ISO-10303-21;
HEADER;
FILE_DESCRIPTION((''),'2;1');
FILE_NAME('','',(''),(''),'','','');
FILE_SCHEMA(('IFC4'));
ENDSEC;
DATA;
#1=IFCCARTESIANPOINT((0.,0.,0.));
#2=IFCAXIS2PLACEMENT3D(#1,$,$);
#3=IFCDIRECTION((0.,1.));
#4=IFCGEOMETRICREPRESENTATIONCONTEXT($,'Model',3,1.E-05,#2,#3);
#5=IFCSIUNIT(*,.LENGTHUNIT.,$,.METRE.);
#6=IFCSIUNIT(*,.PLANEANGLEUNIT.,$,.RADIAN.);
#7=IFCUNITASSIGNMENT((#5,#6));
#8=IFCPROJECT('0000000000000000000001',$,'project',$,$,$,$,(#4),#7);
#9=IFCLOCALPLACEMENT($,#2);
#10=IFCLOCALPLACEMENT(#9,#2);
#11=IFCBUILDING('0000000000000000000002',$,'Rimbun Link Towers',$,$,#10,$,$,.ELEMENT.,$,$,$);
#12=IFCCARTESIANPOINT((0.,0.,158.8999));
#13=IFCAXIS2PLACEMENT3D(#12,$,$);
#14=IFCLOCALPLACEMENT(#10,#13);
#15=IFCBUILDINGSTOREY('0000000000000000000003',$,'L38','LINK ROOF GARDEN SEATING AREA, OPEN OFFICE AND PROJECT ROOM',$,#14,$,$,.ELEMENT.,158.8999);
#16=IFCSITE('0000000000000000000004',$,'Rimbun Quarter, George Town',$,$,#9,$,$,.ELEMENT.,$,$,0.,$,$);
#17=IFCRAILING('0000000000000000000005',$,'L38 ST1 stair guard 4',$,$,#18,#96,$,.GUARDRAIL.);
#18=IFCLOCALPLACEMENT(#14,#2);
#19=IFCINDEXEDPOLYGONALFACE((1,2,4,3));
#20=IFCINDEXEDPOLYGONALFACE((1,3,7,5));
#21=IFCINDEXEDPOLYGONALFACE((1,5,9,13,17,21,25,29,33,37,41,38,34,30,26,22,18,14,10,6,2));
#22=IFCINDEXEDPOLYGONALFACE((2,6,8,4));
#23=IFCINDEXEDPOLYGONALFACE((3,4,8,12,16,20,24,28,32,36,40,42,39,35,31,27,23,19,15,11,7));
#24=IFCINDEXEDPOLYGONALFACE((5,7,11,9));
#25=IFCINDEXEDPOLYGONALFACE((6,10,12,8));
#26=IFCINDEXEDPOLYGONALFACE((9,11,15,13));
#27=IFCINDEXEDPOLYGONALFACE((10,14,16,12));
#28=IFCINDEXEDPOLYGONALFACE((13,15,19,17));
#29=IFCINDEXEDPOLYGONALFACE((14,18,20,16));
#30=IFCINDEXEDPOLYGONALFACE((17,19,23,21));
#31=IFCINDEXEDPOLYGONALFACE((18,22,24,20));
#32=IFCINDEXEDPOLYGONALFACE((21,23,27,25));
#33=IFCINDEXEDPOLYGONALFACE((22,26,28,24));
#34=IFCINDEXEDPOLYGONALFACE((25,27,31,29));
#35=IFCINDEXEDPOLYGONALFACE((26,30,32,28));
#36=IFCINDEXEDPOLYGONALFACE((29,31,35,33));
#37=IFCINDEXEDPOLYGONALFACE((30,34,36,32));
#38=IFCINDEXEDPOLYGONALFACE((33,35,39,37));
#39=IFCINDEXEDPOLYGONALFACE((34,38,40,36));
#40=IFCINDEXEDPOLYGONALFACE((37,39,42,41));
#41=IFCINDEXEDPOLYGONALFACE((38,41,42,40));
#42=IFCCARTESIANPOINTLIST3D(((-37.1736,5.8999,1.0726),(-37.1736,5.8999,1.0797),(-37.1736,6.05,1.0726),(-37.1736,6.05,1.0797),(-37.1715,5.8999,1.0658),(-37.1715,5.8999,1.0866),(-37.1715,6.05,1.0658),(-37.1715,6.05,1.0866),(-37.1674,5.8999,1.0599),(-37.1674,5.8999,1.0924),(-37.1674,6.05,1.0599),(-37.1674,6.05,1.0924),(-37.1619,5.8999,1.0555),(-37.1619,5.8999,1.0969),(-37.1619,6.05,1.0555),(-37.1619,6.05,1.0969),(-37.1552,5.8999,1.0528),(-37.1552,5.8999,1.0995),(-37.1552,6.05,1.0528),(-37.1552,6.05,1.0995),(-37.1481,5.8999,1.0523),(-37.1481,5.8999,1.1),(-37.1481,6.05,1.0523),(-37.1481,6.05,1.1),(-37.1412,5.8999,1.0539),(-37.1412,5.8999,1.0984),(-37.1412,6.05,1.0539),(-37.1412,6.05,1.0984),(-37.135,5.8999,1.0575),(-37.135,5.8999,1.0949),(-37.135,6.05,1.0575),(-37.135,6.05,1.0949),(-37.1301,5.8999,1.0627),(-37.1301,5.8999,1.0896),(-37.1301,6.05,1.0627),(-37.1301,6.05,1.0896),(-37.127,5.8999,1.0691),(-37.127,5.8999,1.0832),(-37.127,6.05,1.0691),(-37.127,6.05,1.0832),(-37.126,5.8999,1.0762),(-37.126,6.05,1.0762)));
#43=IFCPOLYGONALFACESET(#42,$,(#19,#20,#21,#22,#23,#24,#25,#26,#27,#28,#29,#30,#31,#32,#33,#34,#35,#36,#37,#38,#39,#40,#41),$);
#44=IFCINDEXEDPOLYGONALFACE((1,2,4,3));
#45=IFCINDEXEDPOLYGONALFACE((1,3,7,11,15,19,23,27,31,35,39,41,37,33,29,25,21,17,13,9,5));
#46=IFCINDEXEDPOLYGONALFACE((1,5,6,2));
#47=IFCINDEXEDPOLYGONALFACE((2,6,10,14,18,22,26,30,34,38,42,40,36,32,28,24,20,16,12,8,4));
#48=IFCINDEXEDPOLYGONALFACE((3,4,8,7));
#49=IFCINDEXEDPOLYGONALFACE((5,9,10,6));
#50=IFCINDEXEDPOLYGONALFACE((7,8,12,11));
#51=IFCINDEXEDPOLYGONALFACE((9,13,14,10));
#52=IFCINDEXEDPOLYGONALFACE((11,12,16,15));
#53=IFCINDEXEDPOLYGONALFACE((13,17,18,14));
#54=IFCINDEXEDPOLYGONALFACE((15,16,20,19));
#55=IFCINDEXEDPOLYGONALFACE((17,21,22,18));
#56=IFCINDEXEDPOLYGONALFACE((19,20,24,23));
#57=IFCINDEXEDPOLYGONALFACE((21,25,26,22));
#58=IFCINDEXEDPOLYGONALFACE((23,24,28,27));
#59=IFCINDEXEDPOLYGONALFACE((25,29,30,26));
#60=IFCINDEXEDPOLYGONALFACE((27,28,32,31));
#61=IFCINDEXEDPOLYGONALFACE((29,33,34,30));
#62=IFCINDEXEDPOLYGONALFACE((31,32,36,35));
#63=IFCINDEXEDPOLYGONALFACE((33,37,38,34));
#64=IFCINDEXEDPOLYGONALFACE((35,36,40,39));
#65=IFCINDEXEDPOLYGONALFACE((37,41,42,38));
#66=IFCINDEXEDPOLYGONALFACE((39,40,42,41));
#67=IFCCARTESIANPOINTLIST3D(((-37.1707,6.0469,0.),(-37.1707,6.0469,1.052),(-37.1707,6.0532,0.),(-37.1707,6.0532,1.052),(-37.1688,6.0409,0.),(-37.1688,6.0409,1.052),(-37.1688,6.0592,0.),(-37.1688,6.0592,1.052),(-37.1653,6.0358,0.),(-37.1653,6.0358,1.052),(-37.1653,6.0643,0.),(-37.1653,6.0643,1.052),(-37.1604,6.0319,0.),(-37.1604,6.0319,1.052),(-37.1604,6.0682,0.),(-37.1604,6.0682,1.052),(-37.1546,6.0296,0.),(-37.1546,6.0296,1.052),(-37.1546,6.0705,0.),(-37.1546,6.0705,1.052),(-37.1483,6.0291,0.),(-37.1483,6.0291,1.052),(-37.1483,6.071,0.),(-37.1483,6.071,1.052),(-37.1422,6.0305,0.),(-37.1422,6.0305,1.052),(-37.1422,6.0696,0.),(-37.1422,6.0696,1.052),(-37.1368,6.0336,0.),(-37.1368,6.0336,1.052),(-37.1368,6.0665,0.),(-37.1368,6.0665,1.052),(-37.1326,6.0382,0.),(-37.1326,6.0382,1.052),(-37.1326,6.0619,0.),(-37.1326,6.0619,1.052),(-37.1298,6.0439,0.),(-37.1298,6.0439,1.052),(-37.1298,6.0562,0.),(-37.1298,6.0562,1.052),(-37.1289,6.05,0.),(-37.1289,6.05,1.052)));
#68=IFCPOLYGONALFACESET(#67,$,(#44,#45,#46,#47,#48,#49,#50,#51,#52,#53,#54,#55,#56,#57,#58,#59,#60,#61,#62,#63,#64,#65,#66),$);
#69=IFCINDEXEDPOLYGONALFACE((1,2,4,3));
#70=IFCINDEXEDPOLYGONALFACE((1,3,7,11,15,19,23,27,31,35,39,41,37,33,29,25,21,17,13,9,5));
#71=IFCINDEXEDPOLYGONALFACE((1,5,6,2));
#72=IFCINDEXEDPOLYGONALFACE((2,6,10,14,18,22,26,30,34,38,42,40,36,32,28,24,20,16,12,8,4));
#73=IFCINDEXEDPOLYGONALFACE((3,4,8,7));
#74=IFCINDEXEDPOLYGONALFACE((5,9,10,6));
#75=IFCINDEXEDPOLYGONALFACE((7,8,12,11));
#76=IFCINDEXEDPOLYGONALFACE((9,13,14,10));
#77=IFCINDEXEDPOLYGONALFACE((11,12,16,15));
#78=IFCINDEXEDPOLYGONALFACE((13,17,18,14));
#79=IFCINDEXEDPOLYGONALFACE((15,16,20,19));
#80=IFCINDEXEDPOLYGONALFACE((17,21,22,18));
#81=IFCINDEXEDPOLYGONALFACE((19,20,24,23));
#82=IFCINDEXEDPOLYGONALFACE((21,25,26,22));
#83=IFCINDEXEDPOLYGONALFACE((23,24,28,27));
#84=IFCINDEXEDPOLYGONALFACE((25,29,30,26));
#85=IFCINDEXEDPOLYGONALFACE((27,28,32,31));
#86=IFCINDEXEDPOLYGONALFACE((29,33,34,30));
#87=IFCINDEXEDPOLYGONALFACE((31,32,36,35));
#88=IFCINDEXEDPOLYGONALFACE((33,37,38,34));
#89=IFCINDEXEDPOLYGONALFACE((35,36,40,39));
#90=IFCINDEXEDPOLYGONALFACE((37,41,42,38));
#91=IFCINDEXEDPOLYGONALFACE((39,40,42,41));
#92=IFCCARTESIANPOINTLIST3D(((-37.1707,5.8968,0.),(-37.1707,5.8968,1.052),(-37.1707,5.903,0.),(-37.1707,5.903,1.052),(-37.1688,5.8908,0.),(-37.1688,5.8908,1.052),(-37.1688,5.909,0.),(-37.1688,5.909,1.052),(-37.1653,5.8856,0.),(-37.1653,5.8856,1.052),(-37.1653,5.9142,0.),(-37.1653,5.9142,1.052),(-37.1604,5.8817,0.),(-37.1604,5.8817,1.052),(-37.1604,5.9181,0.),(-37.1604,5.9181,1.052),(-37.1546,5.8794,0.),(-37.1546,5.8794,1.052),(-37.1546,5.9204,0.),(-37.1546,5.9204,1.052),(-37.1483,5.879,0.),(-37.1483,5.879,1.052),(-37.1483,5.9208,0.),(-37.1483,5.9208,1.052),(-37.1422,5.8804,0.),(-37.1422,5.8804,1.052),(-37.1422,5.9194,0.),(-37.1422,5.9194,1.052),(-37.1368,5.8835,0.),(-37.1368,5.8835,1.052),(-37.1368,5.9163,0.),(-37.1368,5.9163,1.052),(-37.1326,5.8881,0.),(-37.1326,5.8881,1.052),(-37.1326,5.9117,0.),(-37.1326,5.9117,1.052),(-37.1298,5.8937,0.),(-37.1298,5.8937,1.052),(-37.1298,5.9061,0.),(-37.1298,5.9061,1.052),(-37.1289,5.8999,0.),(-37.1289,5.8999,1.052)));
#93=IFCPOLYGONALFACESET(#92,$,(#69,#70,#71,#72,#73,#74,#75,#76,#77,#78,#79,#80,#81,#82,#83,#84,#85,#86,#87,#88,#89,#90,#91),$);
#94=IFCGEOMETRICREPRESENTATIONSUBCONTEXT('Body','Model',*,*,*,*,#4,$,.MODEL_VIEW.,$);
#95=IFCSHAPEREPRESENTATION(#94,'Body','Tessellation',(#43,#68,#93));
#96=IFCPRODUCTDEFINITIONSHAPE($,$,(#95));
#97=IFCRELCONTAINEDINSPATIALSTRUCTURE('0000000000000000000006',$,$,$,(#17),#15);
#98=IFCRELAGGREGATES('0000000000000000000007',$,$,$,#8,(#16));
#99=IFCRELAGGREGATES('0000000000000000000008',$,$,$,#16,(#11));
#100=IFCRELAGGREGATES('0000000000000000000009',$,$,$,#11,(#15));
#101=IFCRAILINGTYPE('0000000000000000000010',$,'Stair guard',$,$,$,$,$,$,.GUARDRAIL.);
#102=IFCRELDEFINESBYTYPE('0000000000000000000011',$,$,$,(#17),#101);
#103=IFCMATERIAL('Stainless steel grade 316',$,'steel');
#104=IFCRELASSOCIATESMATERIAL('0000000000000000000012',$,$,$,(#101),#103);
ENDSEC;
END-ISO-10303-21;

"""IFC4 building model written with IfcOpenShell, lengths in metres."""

from ifc_helpers import new_model, si_unit, direction, frame, origin, origin_2d, place, context, subcontext, project, spatial, circle, extrude, material, type_object, element, save


model = new_model("IFC4")

# Units and contexts
model_context = context("Model", 3, precision=1e-05, world=origin(), true_north=direction((0.0, 1.0)))
body_context = subcontext(model_context, "Body", "Model", "MODEL_VIEW")
ifc_project = project(units=[si_unit("LENGTHUNIT", "METRE"), si_unit("PLANEANGLEUNIT", "RADIAN")], contexts=[model_context])

# Site, building, storey
site_placement = place(None, origin())
site = spatial("IfcSite", under=ifc_project, at=site_placement, Name="Rimbun Quarter, George Town", CompositionType="ELEMENT", RefElevation=0.0)
building_placement = place(site_placement, origin())
building = spatial("IfcBuilding", under=site, at=building_placement, Name="Rimbun Link Towers", CompositionType="ELEMENT")
storey_placement = place(building_placement, frame((0.0, 0.0, 158.8999)))
storey = spatial("IfcBuildingStorey", under=building, at=storey_placement, Name="L38", Description="LINK ROOF GARDEN SEATING AREA, OPEN OFFICE AND PROJECT ROOM", CompositionType="ELEMENT", Elevation=158.8999)

# Railing
ifc_material_1 = material(Name="Stainless steel grade 316", Category="steel")
railing_type_1 = type_object("IfcRailingType", Name="Stair guard", PredefinedType="GUARDRAIL", material=ifc_material_1)
railing_1_placement = place(storey_placement, frame((-37.1499, 6.05, 0.0)))
element("IfcRailing", 1, at=railing_1_placement, inside=storey, type_object=railing_type_1, Name="L38 ST1 stair guard 4", PredefinedType="GUARDRAIL", context=body_context, shape_type="SweptSolid", body=[
    extrude(circle(Radius=0.0239, at=origin_2d()), frame((0.0, 0.0, 1.0762), z_axis=(0.0, -1.0, 0.0), x_axis=(1.0, 0.0, 0.0)), (0.0, 0.0, 1.0), 0.1501),
    extrude(circle(Radius=0.021, at=origin_2d()), origin(), (0.0, 0.0, 1.0), 1.052),
    extrude(circle(Radius=0.021, at=origin_2d()), frame((0.0, -0.1501, 0.0)), (0.0, 0.0, 1.0), 1.052),
])

save(model, "model.ifc")
